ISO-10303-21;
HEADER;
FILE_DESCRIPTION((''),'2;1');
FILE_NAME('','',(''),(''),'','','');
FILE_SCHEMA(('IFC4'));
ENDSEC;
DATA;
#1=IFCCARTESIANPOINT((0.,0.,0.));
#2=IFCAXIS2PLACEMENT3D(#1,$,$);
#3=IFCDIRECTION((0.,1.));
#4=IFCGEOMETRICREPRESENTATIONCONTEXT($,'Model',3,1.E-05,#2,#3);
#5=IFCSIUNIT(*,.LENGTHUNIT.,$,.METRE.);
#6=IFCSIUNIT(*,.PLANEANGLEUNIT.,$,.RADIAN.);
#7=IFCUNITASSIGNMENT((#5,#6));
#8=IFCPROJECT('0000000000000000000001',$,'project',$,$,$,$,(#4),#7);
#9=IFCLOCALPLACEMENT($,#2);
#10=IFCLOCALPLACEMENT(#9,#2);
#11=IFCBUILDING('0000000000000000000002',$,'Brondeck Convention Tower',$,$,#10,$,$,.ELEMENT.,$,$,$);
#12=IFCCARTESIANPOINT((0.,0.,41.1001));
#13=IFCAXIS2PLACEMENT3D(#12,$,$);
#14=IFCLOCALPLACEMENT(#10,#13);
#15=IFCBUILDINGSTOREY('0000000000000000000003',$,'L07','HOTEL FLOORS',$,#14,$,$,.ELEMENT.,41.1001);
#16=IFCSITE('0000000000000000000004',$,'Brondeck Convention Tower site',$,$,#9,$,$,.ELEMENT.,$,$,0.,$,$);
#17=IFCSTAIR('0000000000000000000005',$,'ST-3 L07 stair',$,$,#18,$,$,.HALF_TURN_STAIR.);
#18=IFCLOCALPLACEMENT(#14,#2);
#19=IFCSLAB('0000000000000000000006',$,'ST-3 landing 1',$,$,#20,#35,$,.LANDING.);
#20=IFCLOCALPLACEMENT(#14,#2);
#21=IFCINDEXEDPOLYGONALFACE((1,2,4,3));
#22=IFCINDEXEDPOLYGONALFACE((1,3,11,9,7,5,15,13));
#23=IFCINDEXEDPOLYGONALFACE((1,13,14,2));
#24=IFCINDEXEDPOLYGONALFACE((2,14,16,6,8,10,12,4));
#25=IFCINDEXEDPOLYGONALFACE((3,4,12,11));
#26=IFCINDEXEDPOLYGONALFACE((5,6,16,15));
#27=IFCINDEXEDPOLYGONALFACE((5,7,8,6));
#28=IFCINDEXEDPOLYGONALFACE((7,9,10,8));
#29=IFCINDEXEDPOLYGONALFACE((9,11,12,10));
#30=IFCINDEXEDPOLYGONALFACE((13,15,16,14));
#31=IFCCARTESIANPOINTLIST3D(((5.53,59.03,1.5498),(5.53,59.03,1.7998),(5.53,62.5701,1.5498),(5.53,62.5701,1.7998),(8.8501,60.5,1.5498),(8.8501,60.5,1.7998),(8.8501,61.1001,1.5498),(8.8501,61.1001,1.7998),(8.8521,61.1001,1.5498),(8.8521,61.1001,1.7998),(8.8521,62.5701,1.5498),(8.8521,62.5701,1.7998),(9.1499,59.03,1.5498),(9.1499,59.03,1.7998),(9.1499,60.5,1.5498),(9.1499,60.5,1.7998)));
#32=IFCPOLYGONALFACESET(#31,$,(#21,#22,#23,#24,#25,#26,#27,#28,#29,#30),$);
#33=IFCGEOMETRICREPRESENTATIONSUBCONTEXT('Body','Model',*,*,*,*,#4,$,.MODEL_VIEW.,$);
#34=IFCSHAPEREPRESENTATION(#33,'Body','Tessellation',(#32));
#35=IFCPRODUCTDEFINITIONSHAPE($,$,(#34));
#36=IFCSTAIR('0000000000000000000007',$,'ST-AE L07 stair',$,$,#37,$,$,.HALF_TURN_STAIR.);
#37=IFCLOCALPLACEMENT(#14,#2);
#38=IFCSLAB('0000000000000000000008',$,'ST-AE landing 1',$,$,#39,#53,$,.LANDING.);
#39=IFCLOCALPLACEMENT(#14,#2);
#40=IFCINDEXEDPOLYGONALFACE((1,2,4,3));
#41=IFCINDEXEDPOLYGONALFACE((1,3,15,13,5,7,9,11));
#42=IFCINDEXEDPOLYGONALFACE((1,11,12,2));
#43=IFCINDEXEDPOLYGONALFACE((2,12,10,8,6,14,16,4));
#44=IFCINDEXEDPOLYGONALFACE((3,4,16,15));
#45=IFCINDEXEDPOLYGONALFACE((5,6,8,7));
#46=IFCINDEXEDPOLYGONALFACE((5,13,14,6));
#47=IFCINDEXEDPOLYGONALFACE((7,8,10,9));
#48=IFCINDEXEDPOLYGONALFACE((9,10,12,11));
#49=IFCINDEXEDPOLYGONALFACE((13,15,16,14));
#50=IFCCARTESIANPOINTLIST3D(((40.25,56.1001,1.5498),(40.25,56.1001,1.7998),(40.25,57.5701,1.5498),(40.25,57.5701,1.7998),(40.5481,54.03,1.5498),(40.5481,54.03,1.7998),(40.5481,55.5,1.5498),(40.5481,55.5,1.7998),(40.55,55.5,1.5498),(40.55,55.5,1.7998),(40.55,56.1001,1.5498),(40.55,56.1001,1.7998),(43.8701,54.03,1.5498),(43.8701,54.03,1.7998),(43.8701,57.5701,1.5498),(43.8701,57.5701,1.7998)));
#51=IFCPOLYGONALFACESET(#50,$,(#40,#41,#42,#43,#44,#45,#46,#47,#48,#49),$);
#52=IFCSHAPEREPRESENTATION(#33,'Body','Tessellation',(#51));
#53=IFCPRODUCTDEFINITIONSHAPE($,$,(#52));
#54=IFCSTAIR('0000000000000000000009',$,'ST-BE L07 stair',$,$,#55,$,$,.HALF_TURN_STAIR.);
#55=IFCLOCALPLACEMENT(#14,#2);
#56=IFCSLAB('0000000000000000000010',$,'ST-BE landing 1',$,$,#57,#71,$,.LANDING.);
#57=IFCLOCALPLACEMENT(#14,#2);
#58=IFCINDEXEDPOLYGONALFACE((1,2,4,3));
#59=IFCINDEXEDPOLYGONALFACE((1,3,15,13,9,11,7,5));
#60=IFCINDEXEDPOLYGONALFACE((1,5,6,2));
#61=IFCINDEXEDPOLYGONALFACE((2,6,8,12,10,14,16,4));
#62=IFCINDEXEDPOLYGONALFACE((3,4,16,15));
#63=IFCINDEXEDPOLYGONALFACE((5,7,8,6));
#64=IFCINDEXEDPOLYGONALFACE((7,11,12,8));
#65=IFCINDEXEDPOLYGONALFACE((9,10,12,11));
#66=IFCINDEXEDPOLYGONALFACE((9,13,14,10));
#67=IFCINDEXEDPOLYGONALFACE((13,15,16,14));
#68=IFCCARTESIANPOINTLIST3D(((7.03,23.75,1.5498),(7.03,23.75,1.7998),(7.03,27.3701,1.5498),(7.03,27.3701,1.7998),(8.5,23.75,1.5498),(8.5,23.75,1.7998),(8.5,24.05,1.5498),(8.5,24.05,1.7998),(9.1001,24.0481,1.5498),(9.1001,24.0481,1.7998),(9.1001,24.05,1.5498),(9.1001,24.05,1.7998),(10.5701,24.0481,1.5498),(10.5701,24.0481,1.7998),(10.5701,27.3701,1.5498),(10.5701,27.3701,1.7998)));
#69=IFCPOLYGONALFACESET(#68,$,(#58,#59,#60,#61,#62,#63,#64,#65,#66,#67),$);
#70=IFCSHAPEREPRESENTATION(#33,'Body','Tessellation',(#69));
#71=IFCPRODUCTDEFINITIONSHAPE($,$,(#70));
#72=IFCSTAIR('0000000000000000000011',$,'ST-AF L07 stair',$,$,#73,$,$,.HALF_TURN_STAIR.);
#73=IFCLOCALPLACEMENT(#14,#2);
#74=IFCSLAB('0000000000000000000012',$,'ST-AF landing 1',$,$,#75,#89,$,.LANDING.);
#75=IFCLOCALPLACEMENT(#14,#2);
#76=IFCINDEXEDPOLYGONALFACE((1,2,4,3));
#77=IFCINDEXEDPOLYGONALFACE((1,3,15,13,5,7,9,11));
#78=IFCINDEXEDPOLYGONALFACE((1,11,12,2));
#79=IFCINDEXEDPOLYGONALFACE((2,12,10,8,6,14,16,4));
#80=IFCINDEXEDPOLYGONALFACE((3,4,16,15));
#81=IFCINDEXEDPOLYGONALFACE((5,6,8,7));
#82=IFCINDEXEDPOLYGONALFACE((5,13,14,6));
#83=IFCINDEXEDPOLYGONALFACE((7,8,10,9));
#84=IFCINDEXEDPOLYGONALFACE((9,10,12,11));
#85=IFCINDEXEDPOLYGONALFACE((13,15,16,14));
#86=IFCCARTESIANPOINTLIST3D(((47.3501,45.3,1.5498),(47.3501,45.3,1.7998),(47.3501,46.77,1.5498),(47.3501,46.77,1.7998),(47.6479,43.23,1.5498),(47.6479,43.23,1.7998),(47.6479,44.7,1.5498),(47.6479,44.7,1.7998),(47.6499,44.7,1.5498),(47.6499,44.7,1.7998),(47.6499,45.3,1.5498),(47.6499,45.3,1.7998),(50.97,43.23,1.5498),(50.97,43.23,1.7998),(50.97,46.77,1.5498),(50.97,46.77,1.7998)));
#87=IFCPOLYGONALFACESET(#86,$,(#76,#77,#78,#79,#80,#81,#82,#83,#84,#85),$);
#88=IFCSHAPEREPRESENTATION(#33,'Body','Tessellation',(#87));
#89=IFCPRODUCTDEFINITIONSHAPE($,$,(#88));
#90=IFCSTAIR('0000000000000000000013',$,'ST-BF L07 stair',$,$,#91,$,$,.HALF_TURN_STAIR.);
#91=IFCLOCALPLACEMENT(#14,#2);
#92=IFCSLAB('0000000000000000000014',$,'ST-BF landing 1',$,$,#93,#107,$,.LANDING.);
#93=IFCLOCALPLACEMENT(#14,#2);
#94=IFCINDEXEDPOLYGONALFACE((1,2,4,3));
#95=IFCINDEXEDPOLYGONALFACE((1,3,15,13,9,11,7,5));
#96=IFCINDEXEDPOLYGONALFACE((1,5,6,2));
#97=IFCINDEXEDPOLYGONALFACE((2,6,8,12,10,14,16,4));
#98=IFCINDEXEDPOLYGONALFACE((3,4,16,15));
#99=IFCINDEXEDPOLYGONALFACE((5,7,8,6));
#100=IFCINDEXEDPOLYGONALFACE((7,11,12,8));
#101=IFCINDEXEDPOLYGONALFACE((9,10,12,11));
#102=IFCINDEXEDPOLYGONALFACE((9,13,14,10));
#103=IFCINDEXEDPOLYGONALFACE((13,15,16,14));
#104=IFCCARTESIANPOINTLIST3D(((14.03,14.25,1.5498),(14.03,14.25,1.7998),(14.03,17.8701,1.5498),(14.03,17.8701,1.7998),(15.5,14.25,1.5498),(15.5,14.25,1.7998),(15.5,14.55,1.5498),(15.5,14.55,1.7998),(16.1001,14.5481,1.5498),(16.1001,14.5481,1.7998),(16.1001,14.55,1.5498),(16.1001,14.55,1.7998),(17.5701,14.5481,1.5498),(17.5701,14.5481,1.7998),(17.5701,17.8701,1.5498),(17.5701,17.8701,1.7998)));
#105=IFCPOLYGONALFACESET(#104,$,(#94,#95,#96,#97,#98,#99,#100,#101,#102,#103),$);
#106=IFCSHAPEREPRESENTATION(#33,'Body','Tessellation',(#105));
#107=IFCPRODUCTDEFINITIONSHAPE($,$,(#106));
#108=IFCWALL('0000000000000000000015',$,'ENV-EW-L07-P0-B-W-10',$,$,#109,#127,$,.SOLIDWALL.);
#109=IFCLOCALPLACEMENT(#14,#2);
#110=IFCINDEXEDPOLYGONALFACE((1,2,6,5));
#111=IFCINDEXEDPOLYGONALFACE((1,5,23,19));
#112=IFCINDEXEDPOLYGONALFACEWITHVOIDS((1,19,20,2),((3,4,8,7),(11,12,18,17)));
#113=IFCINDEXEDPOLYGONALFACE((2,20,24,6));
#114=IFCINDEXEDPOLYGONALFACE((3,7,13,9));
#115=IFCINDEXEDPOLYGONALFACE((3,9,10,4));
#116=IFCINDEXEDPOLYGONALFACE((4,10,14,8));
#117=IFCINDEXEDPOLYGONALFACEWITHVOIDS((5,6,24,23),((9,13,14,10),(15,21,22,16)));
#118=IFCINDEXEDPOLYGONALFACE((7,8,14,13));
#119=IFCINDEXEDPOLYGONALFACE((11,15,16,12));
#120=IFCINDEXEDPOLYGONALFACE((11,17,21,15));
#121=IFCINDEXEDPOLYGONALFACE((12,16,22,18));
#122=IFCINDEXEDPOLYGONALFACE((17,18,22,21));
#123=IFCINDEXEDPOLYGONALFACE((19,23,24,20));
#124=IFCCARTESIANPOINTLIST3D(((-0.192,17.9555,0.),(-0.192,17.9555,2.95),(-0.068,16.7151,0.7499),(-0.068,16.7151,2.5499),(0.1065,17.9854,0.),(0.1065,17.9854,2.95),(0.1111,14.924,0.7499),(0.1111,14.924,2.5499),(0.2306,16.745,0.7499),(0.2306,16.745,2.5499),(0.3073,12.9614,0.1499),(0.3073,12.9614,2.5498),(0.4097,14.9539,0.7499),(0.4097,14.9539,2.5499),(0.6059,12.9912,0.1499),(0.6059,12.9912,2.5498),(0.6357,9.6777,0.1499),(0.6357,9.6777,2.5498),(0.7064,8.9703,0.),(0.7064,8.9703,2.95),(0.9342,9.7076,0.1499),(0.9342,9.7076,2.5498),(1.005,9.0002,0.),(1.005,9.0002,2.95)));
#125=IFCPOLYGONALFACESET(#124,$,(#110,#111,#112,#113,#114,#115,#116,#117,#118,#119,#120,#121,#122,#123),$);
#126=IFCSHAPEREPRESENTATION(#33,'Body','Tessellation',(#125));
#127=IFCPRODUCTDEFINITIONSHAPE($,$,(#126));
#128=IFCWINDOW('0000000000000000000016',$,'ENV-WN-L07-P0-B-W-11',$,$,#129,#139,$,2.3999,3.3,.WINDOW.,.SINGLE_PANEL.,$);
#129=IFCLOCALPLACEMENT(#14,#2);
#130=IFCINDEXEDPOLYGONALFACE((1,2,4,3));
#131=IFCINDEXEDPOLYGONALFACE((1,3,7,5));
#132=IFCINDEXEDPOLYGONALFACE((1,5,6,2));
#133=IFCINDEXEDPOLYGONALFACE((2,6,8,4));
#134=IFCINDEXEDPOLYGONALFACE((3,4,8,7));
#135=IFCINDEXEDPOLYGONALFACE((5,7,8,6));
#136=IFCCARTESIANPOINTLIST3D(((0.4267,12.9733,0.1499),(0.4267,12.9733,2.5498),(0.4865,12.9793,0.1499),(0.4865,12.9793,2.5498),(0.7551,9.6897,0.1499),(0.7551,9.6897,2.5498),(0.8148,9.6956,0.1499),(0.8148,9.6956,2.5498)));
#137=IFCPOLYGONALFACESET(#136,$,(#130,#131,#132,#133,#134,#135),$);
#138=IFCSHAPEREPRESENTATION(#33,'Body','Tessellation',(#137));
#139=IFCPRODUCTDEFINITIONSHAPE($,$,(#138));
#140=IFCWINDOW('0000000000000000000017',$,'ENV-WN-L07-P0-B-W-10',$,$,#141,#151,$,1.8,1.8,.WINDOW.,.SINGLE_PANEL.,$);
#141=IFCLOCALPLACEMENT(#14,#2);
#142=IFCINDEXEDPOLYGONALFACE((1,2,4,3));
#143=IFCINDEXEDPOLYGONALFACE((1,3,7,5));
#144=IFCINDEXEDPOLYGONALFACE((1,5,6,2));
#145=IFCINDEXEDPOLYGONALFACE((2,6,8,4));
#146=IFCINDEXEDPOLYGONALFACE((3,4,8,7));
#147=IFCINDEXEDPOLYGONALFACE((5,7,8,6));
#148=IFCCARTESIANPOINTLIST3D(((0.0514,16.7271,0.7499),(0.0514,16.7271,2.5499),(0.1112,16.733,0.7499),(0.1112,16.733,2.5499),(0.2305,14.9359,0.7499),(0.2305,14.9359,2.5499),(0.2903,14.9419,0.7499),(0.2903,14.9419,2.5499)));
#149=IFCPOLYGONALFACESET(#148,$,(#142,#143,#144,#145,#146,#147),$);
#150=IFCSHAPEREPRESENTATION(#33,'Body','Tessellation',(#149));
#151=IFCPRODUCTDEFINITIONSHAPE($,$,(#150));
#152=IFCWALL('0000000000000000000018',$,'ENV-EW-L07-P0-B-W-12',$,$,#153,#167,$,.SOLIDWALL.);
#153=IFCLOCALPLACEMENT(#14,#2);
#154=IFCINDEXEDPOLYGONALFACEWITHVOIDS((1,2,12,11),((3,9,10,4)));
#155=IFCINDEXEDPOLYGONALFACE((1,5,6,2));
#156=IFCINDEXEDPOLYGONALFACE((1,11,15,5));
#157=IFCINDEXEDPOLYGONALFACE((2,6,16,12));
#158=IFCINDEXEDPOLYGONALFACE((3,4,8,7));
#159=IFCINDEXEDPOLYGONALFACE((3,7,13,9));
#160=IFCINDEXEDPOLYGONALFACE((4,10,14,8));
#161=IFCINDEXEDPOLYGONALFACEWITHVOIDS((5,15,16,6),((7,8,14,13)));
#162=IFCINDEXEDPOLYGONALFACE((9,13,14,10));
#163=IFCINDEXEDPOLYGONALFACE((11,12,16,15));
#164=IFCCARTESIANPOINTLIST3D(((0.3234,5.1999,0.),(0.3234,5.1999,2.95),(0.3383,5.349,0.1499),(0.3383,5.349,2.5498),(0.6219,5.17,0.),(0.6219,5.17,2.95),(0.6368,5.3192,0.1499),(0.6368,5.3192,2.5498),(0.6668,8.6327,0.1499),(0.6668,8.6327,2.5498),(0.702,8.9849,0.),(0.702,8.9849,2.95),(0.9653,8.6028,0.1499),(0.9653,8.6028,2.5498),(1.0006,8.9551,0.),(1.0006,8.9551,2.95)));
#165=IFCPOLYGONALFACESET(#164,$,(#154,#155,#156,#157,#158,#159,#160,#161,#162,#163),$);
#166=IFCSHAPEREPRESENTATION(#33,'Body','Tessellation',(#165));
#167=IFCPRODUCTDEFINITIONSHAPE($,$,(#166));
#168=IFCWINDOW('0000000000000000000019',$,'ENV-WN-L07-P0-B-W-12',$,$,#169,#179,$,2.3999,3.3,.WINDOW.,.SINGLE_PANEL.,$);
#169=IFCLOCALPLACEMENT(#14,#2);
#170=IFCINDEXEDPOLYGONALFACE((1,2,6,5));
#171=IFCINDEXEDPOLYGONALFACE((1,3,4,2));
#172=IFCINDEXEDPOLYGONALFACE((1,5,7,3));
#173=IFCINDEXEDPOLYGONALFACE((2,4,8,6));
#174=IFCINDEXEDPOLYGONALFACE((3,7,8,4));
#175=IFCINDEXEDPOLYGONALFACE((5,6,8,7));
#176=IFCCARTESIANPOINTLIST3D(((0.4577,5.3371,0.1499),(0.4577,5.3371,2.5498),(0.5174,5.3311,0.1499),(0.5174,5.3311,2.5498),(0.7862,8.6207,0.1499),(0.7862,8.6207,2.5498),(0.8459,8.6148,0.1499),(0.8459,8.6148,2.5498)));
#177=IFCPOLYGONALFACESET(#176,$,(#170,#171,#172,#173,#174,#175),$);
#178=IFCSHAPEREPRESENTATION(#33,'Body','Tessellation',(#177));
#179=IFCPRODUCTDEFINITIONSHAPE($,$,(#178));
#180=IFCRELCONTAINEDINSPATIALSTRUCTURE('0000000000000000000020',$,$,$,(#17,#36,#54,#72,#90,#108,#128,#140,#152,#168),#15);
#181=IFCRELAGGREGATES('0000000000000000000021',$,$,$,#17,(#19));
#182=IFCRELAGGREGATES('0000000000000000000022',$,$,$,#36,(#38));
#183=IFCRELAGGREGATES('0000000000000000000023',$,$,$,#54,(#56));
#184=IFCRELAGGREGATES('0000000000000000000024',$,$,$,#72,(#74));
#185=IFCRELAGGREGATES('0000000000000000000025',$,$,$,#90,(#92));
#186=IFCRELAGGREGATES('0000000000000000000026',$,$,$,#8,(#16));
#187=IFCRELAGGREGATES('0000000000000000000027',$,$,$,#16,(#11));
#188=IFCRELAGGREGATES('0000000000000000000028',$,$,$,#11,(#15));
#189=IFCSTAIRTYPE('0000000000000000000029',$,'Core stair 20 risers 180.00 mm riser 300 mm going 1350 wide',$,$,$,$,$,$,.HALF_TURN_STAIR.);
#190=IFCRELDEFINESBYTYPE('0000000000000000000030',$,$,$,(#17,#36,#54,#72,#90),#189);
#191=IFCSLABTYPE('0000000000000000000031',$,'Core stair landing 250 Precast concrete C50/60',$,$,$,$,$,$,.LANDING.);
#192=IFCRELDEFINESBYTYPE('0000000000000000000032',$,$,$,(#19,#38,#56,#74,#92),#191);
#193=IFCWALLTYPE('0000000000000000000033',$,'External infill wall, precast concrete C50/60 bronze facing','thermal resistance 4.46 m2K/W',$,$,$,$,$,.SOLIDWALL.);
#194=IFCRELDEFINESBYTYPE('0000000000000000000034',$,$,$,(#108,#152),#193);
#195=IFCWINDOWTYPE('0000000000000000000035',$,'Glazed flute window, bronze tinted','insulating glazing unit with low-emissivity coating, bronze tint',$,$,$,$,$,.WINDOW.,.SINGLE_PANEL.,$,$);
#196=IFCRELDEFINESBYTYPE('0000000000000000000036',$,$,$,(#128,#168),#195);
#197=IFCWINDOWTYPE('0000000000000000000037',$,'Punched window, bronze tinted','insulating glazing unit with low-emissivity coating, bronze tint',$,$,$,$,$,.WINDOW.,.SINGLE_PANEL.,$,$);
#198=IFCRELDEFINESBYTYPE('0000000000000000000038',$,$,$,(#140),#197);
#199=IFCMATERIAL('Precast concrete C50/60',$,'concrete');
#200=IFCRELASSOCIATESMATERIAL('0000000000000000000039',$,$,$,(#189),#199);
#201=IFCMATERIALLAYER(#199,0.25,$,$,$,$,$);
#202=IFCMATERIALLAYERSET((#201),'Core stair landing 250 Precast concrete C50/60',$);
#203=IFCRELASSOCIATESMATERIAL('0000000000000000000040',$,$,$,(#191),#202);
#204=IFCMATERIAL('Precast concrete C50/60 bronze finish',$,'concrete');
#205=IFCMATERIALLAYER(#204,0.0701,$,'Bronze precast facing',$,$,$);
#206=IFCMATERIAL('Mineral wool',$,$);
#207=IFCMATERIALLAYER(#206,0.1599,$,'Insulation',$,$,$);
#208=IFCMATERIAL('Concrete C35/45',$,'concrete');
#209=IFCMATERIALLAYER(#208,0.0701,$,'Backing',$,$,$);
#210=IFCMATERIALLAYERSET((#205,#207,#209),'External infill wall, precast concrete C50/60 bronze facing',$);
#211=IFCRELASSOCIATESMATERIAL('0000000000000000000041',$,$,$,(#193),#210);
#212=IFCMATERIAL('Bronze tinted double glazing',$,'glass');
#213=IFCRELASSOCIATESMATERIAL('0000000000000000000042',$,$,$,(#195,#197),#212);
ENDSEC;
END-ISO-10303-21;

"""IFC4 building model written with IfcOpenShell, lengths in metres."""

from ifc_helpers import new_model, si_unit, direction, frame, frame_2d, origin, place, context, subcontext, project, spatial, polyline, rectangle, outline, extrude, material, layer, layer_set, type_object, element, fill, aggregate, save


model = new_model("IFC4")

# Units and contexts
model_context = context("Model", 3, precision=1e-05, world=origin(), true_north=direction((0.0, 1.0)))
body_context = subcontext(model_context, "Body", "Model", "MODEL_VIEW")
ifc_project = project(units=[si_unit("LENGTHUNIT", "METRE"), si_unit("PLANEANGLEUNIT", "RADIAN")], contexts=[model_context])

# Site, building, storey
site_placement = place(None, origin())
site = spatial("IfcSite", under=ifc_project, at=site_placement, Name="Brondeck Convention Tower site", CompositionType="ELEMENT", RefElevation=0.0)
building_placement = place(site_placement, origin())
building = spatial("IfcBuilding", under=site, at=building_placement, Name="Brondeck Convention Tower", CompositionType="ELEMENT")
storey_placement = place(building_placement, frame((0.0, 0.0, 41.1001)))
storey = spatial("IfcBuildingStorey", under=building, at=storey_placement, Name="L07", Description="HOTEL FLOORS", CompositionType="ELEMENT", Elevation=41.1001)

# Shared definitions
ifc_material_1 = material(Name="Concrete C35/45", Category="concrete")

# Stairs, slabs
ifc_material_2 = material(Name="Precast concrete C50/60", Category="concrete")
stair_type = type_object("IfcStairType", Name="Core stair 20 risers 180.00 mm riser 300 mm going 1350 wide", PredefinedType="HALF_TURN_STAIR", material=ifc_material_2)
ifc_layer_1 = layer(ifc_material_2, 0.25)
ifc_layer_set_1 = layer_set([ifc_layer_1], Name="Core stair landing 250 Precast concrete C50/60")
slab_type_1 = type_object("IfcSlabType", Name="Core stair landing 250 Precast concrete C50/60", PredefinedType="LANDING", material=ifc_layer_set_1)
stair_1_placement = place(storey_placement, origin())
stair_1 = element("IfcStair", 1, at=stair_1_placement, inside=storey, type_object=stair_type, Name="ST-3 L07 stair", PredefinedType="HALF_TURN_STAIR")
slab_1_placement = place(storey_placement, frame((0.0, 0.0, 1.5498)))
slab_1 = element("IfcSlab", 2, at=slab_1_placement, type_object=slab_type_1, Name="ST-3 landing 1", PredefinedType="LANDING", context=body_context, shape_type="SweptSolid", body=[
    extrude(outline(polyline([(9.1499, 60.5), (9.1499, 59.03), (5.53, 59.03), (5.53, 62.5701), (8.8521, 62.5701), (8.8521, 61.1001), (8.8501, 61.1001), (8.8501, 60.5), (9.1499, 60.5)])), origin(), (0.0, 0.0, 1.0), 0.25),
])
aggregate(stair_1, [slab_1])
stair_2_placement = place(storey_placement, origin())
stair_2 = element("IfcStair", 3, at=stair_2_placement, inside=storey, type_object=stair_type, Name="ST-AE L07 stair", PredefinedType="HALF_TURN_STAIR")
slab_2_placement = place(storey_placement, frame((0.0, 0.0, 1.5498)))
slab_2 = element("IfcSlab", 4, at=slab_2_placement, type_object=slab_type_1, Name="ST-AE landing 1", PredefinedType="LANDING", context=body_context, shape_type="SweptSolid", body=[
    extrude(outline(polyline([(40.5481, 55.5), (40.55, 55.5), (40.55, 56.1001), (40.25, 56.1001), (40.25, 57.5701), (43.8701, 57.5701), (43.8701, 54.03), (40.5481, 54.03), (40.5481, 55.5)])), origin(), (0.0, 0.0, 1.0), 0.25),
])
aggregate(stair_2, [slab_2])
stair_3_placement = place(storey_placement, origin())
stair_3 = element("IfcStair", 5, at=stair_3_placement, inside=storey, type_object=stair_type, Name="ST-BE L07 stair", PredefinedType="HALF_TURN_STAIR")
slab_3_placement = place(storey_placement, frame((0.0, 0.0, 1.5498)))
slab_3 = element("IfcSlab", 6, at=slab_3_placement, type_object=slab_type_1, Name="ST-BE landing 1", PredefinedType="LANDING", context=body_context, shape_type="SweptSolid", body=[
    extrude(outline(polyline([(7.03, 23.75), (7.03, 27.3701), (10.5701, 27.3701), (10.5701, 24.0481), (9.1001, 24.0481), (9.1001, 24.05), (8.5, 24.05), (8.5, 23.75), (7.03, 23.75)])), origin(), (0.0, 0.0, 1.0), 0.25),
])
aggregate(stair_3, [slab_3])
stair_4_placement = place(storey_placement, origin())
stair_4 = element("IfcStair", 7, at=stair_4_placement, inside=storey, type_object=stair_type, Name="ST-AF L07 stair", PredefinedType="HALF_TURN_STAIR")
slab_4_placement = place(storey_placement, frame((0.0, 0.0, 1.5498)))
slab_4 = element("IfcSlab", 8, at=slab_4_placement, type_object=slab_type_1, Name="ST-AF landing 1", PredefinedType="LANDING", context=body_context, shape_type="SweptSolid", body=[
    extrude(outline(polyline([(47.6479, 44.7), (47.6499, 44.7), (47.6499, 45.3), (47.3501, 45.3), (47.3501, 46.77), (50.97, 46.77), (50.97, 43.23), (47.6479, 43.23), (47.6479, 44.7)])), origin(), (0.0, 0.0, 1.0), 0.25),
])
aggregate(stair_4, [slab_4])
stair_5_placement = place(storey_placement, origin())
stair_5 = element("IfcStair", 9, at=stair_5_placement, inside=storey, type_object=stair_type, Name="ST-BF L07 stair", PredefinedType="HALF_TURN_STAIR")
slab_5_placement = place(storey_placement, frame((0.0, 0.0, 1.5498)))
slab_5 = element("IfcSlab", 10, at=slab_5_placement, type_object=slab_type_1, Name="ST-BF landing 1", PredefinedType="LANDING", context=body_context, shape_type="SweptSolid", body=[
    extrude(outline(polyline([(14.03, 14.25), (14.03, 17.8701), (17.5701, 17.8701), (17.5701, 14.5481), (16.1001, 14.5481), (16.1001, 14.55), (15.5, 14.55), (15.5, 14.25), (14.03, 14.25)])), origin(), (0.0, 0.0, 1.0), 0.25),
])
aggregate(stair_5, [slab_5])

# Wall, openings, windows
ifc_material_3 = material(Name="Precast concrete C50/60 bronze finish", Category="concrete")
ifc_layer_2 = layer(ifc_material_3, 0.0701, Name="Bronze precast facing")
ifc_material_4 = material(Name="Mineral wool")
ifc_layer_3 = layer(ifc_material_4, 0.1599, Name="Insulation")
ifc_layer_4 = layer(ifc_material_1, 0.0701, Name="Backing")
ifc_layer_set_2 = layer_set([ifc_layer_2, ifc_layer_3, ifc_layer_4], Name="External infill wall, precast concrete C50/60 bronze facing")
wall_type_1 = type_object("IfcWallType", Name="External infill wall, precast concrete C50/60 bronze facing", Description="thermal resistance 4.46 m2K/W", PredefinedType="SOLIDWALL", material=ifc_layer_set_2)
wall_1_placement = place(storey_placement, frame((0.8557, 8.9851, 0.0), z_axis=(0.0, 0.0, 1.0), x_axis=(-0.099496, 0.995038, 0.0)))
wall_1 = element("IfcWall", 11, at=wall_1_placement, inside=storey, type_object=wall_type_1, Name="ENV-EW-L07-P0-B-W-10", PredefinedType="SOLIDWALL", context=body_context, shape_type="SweptSolid", body=[
    extrude(rectangle(XDim=9.03, YDim=0.3, at=frame_2d((4.5151, 0.0))), origin(), (0.0, 0.0, 1.0), 2.95),
])
opening_1_placement = place(wall_1_placement, frame((0.7112, 0.0, 0.1499)))
opening_1 = element("IfcOpeningElement", 12, at=opening_1_placement, cuts=wall_1, PredefinedType="OPENING", context=body_context, shape_type="SweptSolid", body=[
    extrude(rectangle(XDim=3.3, YDim=2.3999, at=frame_2d((1.6499, 1.2))), frame((0.0, 0.1599, 0.0), z_axis=(0.0, -1.0, 0.0), x_axis=(1.0, 0.0, 0.0)), (0.0, 0.0, 1.0), 0.3201),
])
opening_2_placement = place(wall_1_placement, frame((5.9836, 0.0, 0.75)))
opening_2 = element("IfcOpeningElement", 13, at=opening_2_placement, cuts=wall_1, PredefinedType="OPENING", context=body_context, shape_type="SweptSolid", body=[
    extrude(rectangle(XDim=1.8, YDim=1.8, at=frame_2d((0.8999, 0.8999))), frame((0.0, 0.1599, 0.0), z_axis=(0.0, -1.0, 0.0), x_axis=(1.0, 0.0, 0.0)), (0.0, 0.0, 1.0), 0.3201),
])
ifc_material_5 = material(Name="Bronze tinted double glazing", Category="glass")
window_type_1 = type_object("IfcWindowType", Name="Glazed flute window, bronze tinted", Description="insulating glazing unit with low-emissivity coating, bronze tint", PartitioningType="SINGLE_PANEL", PredefinedType="WINDOW", material=ifc_material_5)
window_1_placement = place(opening_1_placement, origin())
window_1 = element("IfcWindow", 14, at=window_1_placement, inside=storey, type_object=window_type_1, Name="ENV-WN-L07-P0-B-W-11", OverallHeight=2.3999, OverallWidth=3.3, PartitioningType="SINGLE_PANEL", PredefinedType="WINDOW", context=body_context, shape_type="SweptSolid", body=[
    extrude(rectangle(XDim=3.3, YDim=2.3999, at=frame_2d((1.6499, 1.2))), frame((0.0, 0.03, 0.0), z_axis=(0.0, -1.0, 0.0), x_axis=(1.0, 0.0, 0.0)), (0.0, 0.0, 1.0), 0.0601),
])
fill(opening_1, window_1)
window_type_2 = type_object("IfcWindowType", Name="Punched window, bronze tinted", Description="insulating glazing unit with low-emissivity coating, bronze tint", PartitioningType="SINGLE_PANEL", PredefinedType="WINDOW", material=ifc_material_5)
window_2_placement = place(opening_2_placement, origin())
window_2 = element("IfcWindow", 15, at=window_2_placement, inside=storey, type_object=window_type_2, Name="ENV-WN-L07-P0-B-W-10", OverallHeight=1.8, OverallWidth=1.8, PartitioningType="SINGLE_PANEL", PredefinedType="WINDOW", context=body_context, shape_type="SweptSolid", body=[
    extrude(rectangle(XDim=1.8, YDim=1.8, at=frame_2d((0.8999, 0.8999))), frame((0.0, 0.03, 0.0), z_axis=(0.0, -1.0, 0.0), x_axis=(1.0, 0.0, 0.0)), (0.0, 0.0, 1.0), 0.0601),
])
fill(opening_2, window_2)

# Wall, opening, window
wall_2_placement = place(storey_placement, frame((0.4727, 5.1851, 0.0), z_axis=(0.0, 0.0, 1.0), x_axis=(0.099542, 0.995033, 0.0)))
wall_2 = element("IfcWall", 16, at=wall_2_placement, inside=storey, type_object=wall_type_1, Name="ENV-EW-L07-P0-B-W-12", PredefinedType="SOLIDWALL", context=body_context, shape_type="SweptSolid", body=[
    extrude(rectangle(XDim=3.804, YDim=0.3, at=frame_2d((1.9019, 0.0))), origin(), (0.0, 0.0, 1.0), 2.95),
])
opening_3_placement = place(wall_2_placement, frame((0.1499, 0.0, 0.1499)))
opening_3 = element("IfcOpeningElement", 17, at=opening_3_placement, cuts=wall_2, PredefinedType="OPENING", context=body_context, shape_type="SweptSolid", body=[
    extrude(rectangle(XDim=3.3, YDim=2.3999, at=frame_2d((1.6499, 1.2))), frame((0.0, 0.1599, 0.0), z_axis=(0.0, -1.0, 0.0), x_axis=(1.0, 0.0, 0.0)), (0.0, 0.0, 1.0), 0.3201),
])
window_3_placement = place(opening_3_placement, origin())
window_3 = element("IfcWindow", 18, at=window_3_placement, inside=storey, type_object=window_type_1, Name="ENV-WN-L07-P0-B-W-12", OverallHeight=2.3999, OverallWidth=3.3, PartitioningType="SINGLE_PANEL", PredefinedType="WINDOW", context=body_context, shape_type="SweptSolid", body=[
    extrude(rectangle(XDim=3.3, YDim=2.3999, at=frame_2d((1.6499, 1.2))), frame((0.0, 0.03, 0.0), z_axis=(0.0, -1.0, 0.0), x_axis=(1.0, 0.0, 0.0)), (0.0, 0.0, 1.0), 0.0601),
])
fill(opening_3, window_3)

save(model, "model.ifc")
